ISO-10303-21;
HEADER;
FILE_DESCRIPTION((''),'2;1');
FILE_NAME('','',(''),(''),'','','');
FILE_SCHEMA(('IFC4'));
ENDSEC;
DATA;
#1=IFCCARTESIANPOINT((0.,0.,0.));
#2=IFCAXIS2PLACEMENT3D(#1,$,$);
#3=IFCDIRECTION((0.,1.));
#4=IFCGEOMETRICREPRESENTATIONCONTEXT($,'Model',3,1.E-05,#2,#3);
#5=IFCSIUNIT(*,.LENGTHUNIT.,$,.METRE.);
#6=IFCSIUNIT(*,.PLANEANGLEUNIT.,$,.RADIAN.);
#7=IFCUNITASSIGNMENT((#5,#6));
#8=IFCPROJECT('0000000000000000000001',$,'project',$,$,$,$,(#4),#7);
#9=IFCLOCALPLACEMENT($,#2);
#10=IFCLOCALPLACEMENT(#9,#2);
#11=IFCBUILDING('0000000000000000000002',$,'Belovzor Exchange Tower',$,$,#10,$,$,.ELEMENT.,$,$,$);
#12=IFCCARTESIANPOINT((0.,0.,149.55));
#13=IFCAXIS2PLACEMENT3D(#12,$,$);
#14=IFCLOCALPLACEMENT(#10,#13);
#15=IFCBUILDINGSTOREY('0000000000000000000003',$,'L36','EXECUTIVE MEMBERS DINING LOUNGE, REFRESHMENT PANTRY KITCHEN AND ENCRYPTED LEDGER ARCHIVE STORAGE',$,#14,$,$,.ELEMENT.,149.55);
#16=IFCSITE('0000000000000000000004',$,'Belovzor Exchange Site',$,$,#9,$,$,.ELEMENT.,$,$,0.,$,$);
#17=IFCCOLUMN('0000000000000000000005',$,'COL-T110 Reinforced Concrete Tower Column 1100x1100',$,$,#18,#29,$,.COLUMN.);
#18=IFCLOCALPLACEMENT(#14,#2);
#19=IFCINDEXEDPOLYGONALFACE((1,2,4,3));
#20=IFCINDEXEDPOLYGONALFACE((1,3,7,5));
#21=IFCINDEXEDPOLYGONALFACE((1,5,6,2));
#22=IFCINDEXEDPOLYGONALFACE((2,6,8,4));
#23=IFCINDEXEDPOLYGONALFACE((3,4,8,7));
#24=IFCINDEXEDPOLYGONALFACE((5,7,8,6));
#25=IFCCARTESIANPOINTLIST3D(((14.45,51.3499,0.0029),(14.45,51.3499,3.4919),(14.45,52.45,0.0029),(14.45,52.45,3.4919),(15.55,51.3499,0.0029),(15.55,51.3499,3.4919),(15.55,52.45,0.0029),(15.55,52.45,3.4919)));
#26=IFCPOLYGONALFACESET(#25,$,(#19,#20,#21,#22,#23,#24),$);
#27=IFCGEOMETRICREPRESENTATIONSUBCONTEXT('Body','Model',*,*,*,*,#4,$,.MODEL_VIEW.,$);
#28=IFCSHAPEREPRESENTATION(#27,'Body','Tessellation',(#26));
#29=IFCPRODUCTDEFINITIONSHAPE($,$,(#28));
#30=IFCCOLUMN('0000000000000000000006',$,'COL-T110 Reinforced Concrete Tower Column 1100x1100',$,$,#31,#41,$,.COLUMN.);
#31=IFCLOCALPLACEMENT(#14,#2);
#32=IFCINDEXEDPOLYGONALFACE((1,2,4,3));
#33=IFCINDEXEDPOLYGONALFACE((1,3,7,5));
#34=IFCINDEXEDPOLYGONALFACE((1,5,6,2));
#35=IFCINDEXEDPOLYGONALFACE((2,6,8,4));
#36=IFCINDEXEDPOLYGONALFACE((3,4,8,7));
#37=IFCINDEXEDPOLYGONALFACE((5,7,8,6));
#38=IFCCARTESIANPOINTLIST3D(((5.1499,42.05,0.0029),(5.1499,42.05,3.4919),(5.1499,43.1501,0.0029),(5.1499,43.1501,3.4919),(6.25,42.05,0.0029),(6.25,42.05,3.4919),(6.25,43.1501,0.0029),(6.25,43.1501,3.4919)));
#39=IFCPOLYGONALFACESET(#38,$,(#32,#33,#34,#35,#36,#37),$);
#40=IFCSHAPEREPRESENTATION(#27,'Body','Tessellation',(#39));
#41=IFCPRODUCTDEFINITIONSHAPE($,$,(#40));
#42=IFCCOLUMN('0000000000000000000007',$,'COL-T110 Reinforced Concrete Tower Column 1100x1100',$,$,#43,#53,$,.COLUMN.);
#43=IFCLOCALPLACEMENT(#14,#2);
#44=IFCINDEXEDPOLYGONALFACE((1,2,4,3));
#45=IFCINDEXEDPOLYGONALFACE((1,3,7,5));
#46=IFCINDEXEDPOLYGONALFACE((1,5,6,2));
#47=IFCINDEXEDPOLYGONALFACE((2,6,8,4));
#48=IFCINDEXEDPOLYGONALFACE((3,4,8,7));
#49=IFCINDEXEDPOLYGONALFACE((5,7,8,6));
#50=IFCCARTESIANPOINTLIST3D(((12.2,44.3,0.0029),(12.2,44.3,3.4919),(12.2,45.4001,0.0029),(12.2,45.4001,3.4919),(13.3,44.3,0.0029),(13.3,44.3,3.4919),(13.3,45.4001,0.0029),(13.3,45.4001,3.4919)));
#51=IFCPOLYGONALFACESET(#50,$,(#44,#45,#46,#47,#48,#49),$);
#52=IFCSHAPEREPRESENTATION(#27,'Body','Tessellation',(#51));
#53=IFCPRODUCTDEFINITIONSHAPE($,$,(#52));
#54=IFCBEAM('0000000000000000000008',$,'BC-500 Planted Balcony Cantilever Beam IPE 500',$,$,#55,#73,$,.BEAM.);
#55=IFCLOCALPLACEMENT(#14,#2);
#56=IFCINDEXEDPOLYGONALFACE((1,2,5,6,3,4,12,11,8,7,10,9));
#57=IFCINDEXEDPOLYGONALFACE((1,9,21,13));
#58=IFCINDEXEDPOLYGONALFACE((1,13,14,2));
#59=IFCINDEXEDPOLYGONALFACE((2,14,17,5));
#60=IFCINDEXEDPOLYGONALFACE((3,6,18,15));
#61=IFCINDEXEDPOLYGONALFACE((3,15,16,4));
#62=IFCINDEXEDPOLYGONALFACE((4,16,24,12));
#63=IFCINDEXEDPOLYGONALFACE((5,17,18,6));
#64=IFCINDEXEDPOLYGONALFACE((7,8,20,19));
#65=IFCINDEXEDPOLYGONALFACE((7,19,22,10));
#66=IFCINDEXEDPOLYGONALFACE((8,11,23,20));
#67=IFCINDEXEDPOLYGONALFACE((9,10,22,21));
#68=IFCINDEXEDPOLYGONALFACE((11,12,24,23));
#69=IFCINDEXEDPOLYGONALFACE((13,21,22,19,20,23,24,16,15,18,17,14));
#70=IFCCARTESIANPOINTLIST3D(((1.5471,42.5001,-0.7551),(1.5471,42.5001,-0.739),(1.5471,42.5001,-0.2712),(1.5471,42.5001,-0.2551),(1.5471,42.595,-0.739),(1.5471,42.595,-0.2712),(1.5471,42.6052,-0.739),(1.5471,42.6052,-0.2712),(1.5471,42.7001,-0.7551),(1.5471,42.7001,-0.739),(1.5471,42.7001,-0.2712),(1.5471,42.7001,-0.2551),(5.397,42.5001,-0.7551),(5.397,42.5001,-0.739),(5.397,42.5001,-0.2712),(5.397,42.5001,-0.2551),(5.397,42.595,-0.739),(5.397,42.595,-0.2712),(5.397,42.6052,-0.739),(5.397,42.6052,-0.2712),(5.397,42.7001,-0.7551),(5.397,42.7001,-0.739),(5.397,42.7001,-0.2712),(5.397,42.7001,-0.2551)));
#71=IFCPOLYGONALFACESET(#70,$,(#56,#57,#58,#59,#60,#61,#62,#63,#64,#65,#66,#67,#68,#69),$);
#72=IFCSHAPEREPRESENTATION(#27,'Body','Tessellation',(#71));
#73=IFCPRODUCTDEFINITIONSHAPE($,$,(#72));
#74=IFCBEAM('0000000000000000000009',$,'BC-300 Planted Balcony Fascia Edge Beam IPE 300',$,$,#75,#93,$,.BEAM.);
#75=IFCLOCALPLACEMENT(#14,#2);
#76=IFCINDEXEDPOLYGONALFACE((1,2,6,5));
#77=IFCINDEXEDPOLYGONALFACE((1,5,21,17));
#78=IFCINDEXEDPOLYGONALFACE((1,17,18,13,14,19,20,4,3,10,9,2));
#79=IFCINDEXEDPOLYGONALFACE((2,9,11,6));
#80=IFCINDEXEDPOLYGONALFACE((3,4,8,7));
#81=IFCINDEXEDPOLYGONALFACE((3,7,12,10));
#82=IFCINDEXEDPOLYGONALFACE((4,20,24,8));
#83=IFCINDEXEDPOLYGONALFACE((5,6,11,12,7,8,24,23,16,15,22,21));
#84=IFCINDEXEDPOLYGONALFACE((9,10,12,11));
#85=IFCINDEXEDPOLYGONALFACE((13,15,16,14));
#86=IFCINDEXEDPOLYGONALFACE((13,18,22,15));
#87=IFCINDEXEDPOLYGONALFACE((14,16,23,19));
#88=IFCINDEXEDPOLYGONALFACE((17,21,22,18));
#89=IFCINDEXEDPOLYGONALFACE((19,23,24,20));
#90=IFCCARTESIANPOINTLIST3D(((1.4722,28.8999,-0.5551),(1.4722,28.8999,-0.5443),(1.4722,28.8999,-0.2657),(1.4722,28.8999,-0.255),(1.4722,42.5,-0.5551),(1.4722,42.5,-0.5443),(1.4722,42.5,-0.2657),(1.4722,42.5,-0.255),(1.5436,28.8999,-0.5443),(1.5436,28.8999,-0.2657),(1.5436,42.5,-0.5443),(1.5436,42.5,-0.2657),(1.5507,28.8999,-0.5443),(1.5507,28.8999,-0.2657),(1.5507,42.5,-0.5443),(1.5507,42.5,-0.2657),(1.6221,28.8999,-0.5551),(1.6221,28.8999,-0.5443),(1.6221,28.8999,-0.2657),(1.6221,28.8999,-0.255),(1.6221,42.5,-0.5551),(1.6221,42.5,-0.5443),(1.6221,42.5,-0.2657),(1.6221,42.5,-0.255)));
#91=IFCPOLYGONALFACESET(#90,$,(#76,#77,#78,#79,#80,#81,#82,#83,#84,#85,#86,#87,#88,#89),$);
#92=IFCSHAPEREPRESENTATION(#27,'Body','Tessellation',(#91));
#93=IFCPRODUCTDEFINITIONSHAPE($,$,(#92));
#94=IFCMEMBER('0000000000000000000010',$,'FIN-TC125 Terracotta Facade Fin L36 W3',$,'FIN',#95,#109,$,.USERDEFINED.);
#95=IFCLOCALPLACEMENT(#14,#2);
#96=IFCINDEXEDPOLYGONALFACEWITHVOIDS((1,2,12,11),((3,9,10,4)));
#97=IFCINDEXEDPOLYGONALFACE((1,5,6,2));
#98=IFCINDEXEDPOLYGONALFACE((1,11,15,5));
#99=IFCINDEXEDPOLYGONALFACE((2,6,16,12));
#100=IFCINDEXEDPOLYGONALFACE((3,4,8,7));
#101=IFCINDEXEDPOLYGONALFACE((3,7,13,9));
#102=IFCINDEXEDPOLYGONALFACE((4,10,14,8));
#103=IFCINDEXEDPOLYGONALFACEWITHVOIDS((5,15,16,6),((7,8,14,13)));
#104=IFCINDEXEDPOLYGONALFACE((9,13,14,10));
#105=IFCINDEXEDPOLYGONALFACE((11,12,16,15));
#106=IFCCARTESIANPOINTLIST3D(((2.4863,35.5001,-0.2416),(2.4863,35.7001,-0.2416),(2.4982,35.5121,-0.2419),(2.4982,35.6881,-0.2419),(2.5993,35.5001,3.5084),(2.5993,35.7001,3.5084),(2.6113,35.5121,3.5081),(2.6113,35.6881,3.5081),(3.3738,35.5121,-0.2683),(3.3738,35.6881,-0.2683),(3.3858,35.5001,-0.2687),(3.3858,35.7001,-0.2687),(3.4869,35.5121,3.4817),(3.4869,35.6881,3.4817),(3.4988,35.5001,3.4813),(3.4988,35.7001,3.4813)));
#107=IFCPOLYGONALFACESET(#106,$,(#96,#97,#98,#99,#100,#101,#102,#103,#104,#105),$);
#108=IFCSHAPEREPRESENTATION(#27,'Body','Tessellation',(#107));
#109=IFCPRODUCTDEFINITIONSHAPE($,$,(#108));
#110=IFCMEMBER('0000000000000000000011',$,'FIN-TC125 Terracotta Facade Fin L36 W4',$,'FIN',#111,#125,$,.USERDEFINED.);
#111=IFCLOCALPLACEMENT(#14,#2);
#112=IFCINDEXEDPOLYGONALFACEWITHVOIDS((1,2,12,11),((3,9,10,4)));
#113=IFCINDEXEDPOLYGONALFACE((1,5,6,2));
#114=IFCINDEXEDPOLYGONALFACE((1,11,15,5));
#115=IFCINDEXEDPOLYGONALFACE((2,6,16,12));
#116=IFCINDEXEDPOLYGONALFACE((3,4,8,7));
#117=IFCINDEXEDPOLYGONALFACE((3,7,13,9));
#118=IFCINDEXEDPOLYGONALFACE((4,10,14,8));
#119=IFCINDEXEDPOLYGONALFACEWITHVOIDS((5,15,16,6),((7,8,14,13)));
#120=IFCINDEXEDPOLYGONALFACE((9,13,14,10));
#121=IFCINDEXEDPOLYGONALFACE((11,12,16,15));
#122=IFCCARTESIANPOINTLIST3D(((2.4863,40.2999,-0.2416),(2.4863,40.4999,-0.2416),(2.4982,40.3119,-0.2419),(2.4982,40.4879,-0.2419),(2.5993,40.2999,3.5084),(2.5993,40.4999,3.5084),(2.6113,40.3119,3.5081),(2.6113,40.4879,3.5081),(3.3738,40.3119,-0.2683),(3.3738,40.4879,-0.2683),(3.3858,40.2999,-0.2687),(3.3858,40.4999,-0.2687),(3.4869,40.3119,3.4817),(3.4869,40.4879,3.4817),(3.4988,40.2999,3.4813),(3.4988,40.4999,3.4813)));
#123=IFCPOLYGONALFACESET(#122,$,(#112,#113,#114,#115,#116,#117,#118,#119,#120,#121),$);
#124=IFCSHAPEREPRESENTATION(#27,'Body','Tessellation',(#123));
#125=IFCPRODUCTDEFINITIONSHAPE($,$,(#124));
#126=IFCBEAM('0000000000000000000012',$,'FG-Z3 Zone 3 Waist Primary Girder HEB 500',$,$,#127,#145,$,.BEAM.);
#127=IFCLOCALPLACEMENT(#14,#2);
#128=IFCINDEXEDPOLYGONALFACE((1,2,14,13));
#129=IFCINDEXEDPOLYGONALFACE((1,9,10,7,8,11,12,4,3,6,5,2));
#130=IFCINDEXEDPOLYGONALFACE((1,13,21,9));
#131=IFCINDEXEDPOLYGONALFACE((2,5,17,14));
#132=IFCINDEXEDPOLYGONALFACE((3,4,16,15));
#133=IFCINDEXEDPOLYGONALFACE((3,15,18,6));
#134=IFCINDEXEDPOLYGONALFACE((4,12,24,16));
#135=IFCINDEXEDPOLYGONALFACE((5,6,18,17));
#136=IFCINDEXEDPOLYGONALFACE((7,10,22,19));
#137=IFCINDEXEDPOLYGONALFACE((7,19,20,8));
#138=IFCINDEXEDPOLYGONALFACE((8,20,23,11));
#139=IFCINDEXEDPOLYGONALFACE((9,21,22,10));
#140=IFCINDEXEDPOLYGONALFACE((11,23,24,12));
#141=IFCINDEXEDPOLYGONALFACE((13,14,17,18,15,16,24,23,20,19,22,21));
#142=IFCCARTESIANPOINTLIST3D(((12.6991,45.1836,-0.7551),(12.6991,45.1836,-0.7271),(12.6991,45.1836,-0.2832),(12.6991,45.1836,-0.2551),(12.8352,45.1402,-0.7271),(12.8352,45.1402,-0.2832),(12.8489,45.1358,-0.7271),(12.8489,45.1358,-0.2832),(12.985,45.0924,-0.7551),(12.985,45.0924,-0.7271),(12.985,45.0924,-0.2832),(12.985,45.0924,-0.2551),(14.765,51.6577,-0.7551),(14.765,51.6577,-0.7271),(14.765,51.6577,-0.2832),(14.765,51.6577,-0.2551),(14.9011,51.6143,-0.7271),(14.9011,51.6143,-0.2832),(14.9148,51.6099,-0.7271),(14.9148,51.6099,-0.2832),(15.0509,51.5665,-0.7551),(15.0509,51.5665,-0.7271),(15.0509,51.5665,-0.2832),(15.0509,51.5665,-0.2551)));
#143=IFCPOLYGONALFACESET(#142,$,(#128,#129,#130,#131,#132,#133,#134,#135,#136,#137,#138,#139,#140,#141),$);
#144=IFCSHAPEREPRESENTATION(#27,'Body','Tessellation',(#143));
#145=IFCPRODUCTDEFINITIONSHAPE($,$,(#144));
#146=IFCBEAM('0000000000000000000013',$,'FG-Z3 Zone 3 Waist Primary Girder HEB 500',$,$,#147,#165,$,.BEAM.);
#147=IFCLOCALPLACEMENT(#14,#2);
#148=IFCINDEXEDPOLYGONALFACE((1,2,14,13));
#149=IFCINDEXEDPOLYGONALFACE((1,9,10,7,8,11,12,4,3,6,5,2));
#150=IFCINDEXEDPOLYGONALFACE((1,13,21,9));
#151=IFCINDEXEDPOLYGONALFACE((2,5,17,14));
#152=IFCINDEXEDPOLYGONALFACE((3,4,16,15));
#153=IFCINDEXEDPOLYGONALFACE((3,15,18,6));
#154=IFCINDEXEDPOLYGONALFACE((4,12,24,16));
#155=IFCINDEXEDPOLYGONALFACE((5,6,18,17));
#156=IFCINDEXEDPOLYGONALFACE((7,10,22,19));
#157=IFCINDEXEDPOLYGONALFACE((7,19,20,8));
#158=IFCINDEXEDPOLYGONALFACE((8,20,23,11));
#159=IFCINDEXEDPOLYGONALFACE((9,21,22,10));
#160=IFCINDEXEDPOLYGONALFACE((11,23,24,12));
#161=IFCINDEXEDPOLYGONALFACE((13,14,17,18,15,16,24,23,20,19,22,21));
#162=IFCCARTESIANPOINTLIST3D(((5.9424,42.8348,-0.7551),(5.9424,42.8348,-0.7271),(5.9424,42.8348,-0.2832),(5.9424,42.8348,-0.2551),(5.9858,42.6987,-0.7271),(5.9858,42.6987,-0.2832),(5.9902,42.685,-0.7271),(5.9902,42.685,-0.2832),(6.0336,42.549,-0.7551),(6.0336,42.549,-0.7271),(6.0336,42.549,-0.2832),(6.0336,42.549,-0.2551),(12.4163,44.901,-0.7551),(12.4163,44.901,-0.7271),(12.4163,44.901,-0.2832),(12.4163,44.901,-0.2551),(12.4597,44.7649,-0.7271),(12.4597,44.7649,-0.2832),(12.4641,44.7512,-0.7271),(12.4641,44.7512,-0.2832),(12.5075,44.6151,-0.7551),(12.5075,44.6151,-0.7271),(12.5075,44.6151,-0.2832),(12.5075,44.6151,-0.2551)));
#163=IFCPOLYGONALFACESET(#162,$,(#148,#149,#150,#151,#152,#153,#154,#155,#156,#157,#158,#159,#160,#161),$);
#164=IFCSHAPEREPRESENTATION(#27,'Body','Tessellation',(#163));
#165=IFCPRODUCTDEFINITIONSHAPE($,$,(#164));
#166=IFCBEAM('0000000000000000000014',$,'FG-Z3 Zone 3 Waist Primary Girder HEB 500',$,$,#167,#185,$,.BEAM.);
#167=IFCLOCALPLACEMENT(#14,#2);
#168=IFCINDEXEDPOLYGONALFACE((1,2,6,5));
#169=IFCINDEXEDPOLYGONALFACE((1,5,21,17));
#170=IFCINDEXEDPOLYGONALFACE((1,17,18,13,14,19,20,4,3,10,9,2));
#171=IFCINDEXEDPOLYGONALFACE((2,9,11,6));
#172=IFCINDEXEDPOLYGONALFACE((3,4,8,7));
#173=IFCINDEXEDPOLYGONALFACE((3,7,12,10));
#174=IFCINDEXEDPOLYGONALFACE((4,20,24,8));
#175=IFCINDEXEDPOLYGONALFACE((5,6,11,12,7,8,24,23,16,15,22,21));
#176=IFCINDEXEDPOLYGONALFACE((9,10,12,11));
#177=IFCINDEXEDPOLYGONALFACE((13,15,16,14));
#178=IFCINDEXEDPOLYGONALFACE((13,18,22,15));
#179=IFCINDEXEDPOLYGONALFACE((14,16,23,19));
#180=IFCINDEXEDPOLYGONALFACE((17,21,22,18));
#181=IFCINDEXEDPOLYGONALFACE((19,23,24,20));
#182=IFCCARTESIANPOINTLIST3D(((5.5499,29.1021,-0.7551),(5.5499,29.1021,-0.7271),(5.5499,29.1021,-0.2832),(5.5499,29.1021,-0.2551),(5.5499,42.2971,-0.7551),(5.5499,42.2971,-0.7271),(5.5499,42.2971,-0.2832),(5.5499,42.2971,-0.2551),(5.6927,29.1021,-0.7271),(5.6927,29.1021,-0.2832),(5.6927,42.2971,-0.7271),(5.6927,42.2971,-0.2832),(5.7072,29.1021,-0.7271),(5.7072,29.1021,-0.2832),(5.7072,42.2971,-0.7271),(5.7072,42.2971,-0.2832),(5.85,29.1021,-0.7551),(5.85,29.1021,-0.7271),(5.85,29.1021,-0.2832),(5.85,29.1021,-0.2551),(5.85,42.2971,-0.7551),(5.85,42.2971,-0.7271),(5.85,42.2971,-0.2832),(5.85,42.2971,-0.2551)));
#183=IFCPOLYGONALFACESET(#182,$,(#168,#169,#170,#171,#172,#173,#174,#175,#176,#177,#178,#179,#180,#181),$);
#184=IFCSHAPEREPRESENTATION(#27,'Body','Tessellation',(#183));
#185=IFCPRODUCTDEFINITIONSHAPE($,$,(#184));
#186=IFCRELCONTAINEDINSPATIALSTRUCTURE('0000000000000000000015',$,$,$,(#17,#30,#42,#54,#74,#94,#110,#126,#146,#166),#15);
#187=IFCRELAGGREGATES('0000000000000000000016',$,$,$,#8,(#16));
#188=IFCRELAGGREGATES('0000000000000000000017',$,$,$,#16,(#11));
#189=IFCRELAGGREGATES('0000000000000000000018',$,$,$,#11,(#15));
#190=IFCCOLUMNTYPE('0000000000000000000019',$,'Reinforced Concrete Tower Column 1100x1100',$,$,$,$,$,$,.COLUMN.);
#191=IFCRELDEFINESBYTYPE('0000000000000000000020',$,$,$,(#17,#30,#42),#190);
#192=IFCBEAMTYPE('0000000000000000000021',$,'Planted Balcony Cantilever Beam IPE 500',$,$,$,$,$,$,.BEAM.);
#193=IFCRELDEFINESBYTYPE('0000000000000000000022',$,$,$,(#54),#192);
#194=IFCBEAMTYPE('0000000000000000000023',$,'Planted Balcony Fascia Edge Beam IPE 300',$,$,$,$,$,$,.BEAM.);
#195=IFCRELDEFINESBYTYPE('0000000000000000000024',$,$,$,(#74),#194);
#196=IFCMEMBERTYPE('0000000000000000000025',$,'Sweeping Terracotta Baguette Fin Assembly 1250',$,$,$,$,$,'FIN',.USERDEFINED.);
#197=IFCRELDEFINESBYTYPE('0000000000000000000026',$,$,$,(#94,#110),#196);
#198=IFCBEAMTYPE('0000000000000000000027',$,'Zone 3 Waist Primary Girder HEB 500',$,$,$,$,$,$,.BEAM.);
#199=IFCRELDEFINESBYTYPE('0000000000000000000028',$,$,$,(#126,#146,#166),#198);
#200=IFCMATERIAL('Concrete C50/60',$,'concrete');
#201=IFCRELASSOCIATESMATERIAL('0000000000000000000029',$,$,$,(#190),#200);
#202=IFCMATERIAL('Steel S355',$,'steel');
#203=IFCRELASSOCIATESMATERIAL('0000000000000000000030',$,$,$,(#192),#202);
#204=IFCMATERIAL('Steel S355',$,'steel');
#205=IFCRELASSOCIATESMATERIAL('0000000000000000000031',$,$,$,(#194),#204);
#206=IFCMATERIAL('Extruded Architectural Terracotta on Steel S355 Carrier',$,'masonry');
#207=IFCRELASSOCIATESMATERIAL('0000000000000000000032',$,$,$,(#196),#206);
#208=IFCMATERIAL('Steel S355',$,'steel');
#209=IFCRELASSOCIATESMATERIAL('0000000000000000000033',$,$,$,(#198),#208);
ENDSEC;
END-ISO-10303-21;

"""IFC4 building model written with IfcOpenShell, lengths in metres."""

from ifc_helpers import new_model, si_unit, direction, frame, origin, origin_2d, place, context, subcontext, project, spatial, rectangle, hollow_rectangle, i_section, extrude, material, material_profile, profile_set, type_object, element, save


model = new_model("IFC4")

# Units and contexts
model_context = context("Model", 3, precision=1e-05, world=origin(), true_north=direction((0.0, 1.0)))
body_context = subcontext(model_context, "Body", "Model", "MODEL_VIEW")
ifc_project = project(units=[si_unit("LENGTHUNIT", "METRE"), si_unit("PLANEANGLEUNIT", "RADIAN")], contexts=[model_context])

# Site, building, storey
site_placement = place(None, origin())
site = spatial("IfcSite", under=ifc_project, at=site_placement, Name="Belovzor Exchange Site", CompositionType="ELEMENT", RefElevation=0.0)
building_placement = place(site_placement, origin())
building = spatial("IfcBuilding", under=site, at=building_placement, Name="Belovzor Exchange Tower", CompositionType="ELEMENT")
storey_placement = place(building_placement, frame((0.0, 0.0, 149.55)))
storey = spatial("IfcBuildingStorey", under=building, at=storey_placement, Name="L36", Description="EXECUTIVE MEMBERS DINING LOUNGE, REFRESHMENT PANTRY KITCHEN AND ENCRYPTED LEDGER ARCHIVE STORAGE", CompositionType="ELEMENT", Elevation=149.55)

# Columns
ifc_material_1 = material(Name="Concrete C50/60", Category="concrete")
ifc_material_profile_1 = material_profile(ifc_material_1, rectangle(XDim=1.1001, YDim=1.1001, at=origin_2d()))
ifc_profile_set_1 = profile_set([ifc_material_profile_1], Name="Concrete C50/60")
column_type = type_object("IfcColumnType", Name="Reinforced Concrete Tower Column 1100x1100", PredefinedType="COLUMN", material=ifc_profile_set_1)
for number, where, z_axis, x_axis, name in (
    (1, (15.0, 51.8999, 0.0029), (0.0, 0.0, 1.0), (1.0, 0.0, 0.0), "COL-T110 Reinforced Concrete Tower Column 1100x1100"),
    (2, (5.7, 42.6001, 0.0029), (0.0, 0.0, 1.0), (1.0, 0.0, 0.0), "COL-T110 Reinforced Concrete Tower Column 1100x1100"),
    (3, (12.75, 44.8501, 0.0029), (0.0, 0.0, 1.0), (1.0, 0.0, 0.0), "COL-T110 Reinforced Concrete Tower Column 1100x1100"),
):
    element("IfcColumn", number, at=place(storey_placement, frame(where, z_axis=z_axis, x_axis=x_axis)), inside=storey, type_object=column_type, Name=name, PredefinedType="COLUMN", context=body_context, shape_type="SweptSolid", body=[
        extrude(rectangle(XDim=1.1001, YDim=1.1001, at=origin_2d()), origin(), (0.0, 0.0, 1.0), 3.489),
    ])

# Beams
ifc_material_2 = material(Name="Steel S355", Category="steel")
ifc_material_profile_2 = material_profile(ifc_material_2, i_section(OverallWidth=0.2, OverallDepth=0.5, WebThickness=0.0103, FlangeThickness=0.0161, at=origin_2d()))
ifc_profile_set_2 = profile_set([ifc_material_profile_2], Name="Steel S355")
beam_type_1 = type_object("IfcBeamType", Name="Planted Balcony Cantilever Beam IPE 500", PredefinedType="BEAM", material=ifc_profile_set_2)
beam_1_placement = place(storey_placement, frame((5.397, 42.6001, -0.5051), z_axis=(-1.0, 0.0, 0.0), x_axis=(0.0, -1.0, 0.0)))
element("IfcBeam", 4, at=beam_1_placement, inside=storey, type_object=beam_type_1, Name="BC-500 Planted Balcony Cantilever Beam IPE 500", PredefinedType="BEAM", context=body_context, shape_type="SweptSolid", body=[
    extrude(i_section(OverallWidth=0.2, OverallDepth=0.5, WebThickness=0.0103, FlangeThickness=0.0161, at=origin_2d()), origin(), (0.0, 0.0, 1.0), 3.8499),
])
ifc_material_3 = material(Name="Steel S355", Category="steel")
ifc_material_profile_3 = material_profile(ifc_material_3, i_section(OverallWidth=0.1499, OverallDepth=0.3, WebThickness=0.0071, FlangeThickness=0.0107, at=origin_2d()))
ifc_profile_set_3 = profile_set([ifc_material_profile_3], Name="Steel S355")
beam_type_2 = type_object("IfcBeamType", Name="Planted Balcony Fascia Edge Beam IPE 300", PredefinedType="BEAM", material=ifc_profile_set_3)
beam_2_placement = place(storey_placement, frame((1.5471, 42.5, -0.405), z_axis=(0.0, -1.0, 0.0), x_axis=(1.0, 0.0, 0.0)))
element("IfcBeam", 5, at=beam_2_placement, inside=storey, type_object=beam_type_2, Name="BC-300 Planted Balcony Fascia Edge Beam IPE 300", PredefinedType="BEAM", context=body_context, shape_type="SweptSolid", body=[
    extrude(i_section(OverallWidth=0.1499, OverallDepth=0.3, WebThickness=0.0071, FlangeThickness=0.0107, at=origin_2d()), origin(), (0.0, 0.0, 1.0), 13.6001),
])

# Members
ifc_material_4 = material(Name="Extruded Architectural Terracotta on Steel S355 Carrier", Category="masonry")
ifc_material_profile_4 = material_profile(ifc_material_4, hollow_rectangle(XDim=0.2, YDim=0.8999, WallThickness=0.012, at=origin_2d()))
ifc_profile_set_4 = profile_set([ifc_material_profile_4], Name="Extruded Architectural Terracotta on Steel S355 Carrier")
member_type = type_object("IfcMemberType", Name="Sweeping Terracotta Baguette Fin Assembly 1250", ElementType="FIN", PredefinedType="USERDEFINED", material=ifc_profile_set_4)
for number, where, z_axis, x_axis, name in (
    (6, (2.936, 35.6001, -0.2551), (0.03013, 0.0, 0.999546), (0.0, 1.0, 0.0), "FIN-TC125 Terracotta Facade Fin L36 W3"),
    (7, (2.936, 40.3999, -0.2551), (0.03013, 0.0, 0.999546), (0.0, 1.0, 0.0), "FIN-TC125 Terracotta Facade Fin L36 W4"),
):
    element("IfcMember", number, at=place(storey_placement, frame(where, z_axis=z_axis, x_axis=x_axis)), inside=storey, type_object=member_type, Name=name, ObjectType="FIN", PredefinedType="USERDEFINED", context=body_context, shape_type="SweptSolid", body=[
        extrude(hollow_rectangle(XDim=0.2, YDim=0.8999, WallThickness=0.012, at=origin_2d()), origin(), (0.0, 0.0, 1.0), 3.7517),
    ])

# Beams
ifc_material_5 = material(Name="Steel S355", Category="steel")
ifc_material_profile_5 = material_profile(ifc_material_5, i_section(OverallWidth=0.3, OverallDepth=0.5, WebThickness=0.0144, FlangeThickness=0.0281, at=origin_2d()))
ifc_profile_set_5 = profile_set([ifc_material_profile_5], Name="Steel S355")
beam_type_3 = type_object("IfcBeamType", Name="Zone 3 Waist Primary Girder HEB 500", PredefinedType="BEAM", material=ifc_profile_set_5)
for number, where, z_axis, x_axis, name in (
    (8, (14.908, 51.6121, -0.5051), (-0.304001, -0.952672, 0.0), (0.952672, -0.304001, 0.0), "FG-Z3 Zone 3 Waist Primary Girder HEB 500"),
    (9, (12.4619, 44.7581, -0.5051), (-0.952658, -0.304044, 0.0), (0.304044, -0.952658, 0.0), "FG-Z3 Zone 3 Waist Primary Girder HEB 500"),
):
    element("IfcBeam", number, at=place(storey_placement, frame(where, z_axis=z_axis, x_axis=x_axis)), inside=storey, type_object=beam_type_3, Name=name, PredefinedType="BEAM", context=body_context, shape_type="SweptSolid", body=[
        extrude(i_section(OverallWidth=0.3, OverallDepth=0.5, WebThickness=0.0144, FlangeThickness=0.0281, at=origin_2d()), origin(), (0.0, 0.0, 1.0), 6.7957),
    ])
beam_3_placement = place(storey_placement, frame((5.7, 42.2971, -0.5051), z_axis=(0.0, -1.0, 0.0), x_axis=(1.0, 0.0, 0.0)))
element("IfcBeam", 10, at=beam_3_placement, inside=storey, type_object=beam_type_3, Name="FG-Z3 Zone 3 Waist Primary Girder HEB 500", PredefinedType="BEAM", context=body_context, shape_type="SweptSolid", body=[
    extrude(i_section(OverallWidth=0.3, OverallDepth=0.5, WebThickness=0.0144, FlangeThickness=0.0281, at=origin_2d()), origin(), (0.0, 0.0, 1.0), 13.1951),
])

save(model, "model.ifc")
